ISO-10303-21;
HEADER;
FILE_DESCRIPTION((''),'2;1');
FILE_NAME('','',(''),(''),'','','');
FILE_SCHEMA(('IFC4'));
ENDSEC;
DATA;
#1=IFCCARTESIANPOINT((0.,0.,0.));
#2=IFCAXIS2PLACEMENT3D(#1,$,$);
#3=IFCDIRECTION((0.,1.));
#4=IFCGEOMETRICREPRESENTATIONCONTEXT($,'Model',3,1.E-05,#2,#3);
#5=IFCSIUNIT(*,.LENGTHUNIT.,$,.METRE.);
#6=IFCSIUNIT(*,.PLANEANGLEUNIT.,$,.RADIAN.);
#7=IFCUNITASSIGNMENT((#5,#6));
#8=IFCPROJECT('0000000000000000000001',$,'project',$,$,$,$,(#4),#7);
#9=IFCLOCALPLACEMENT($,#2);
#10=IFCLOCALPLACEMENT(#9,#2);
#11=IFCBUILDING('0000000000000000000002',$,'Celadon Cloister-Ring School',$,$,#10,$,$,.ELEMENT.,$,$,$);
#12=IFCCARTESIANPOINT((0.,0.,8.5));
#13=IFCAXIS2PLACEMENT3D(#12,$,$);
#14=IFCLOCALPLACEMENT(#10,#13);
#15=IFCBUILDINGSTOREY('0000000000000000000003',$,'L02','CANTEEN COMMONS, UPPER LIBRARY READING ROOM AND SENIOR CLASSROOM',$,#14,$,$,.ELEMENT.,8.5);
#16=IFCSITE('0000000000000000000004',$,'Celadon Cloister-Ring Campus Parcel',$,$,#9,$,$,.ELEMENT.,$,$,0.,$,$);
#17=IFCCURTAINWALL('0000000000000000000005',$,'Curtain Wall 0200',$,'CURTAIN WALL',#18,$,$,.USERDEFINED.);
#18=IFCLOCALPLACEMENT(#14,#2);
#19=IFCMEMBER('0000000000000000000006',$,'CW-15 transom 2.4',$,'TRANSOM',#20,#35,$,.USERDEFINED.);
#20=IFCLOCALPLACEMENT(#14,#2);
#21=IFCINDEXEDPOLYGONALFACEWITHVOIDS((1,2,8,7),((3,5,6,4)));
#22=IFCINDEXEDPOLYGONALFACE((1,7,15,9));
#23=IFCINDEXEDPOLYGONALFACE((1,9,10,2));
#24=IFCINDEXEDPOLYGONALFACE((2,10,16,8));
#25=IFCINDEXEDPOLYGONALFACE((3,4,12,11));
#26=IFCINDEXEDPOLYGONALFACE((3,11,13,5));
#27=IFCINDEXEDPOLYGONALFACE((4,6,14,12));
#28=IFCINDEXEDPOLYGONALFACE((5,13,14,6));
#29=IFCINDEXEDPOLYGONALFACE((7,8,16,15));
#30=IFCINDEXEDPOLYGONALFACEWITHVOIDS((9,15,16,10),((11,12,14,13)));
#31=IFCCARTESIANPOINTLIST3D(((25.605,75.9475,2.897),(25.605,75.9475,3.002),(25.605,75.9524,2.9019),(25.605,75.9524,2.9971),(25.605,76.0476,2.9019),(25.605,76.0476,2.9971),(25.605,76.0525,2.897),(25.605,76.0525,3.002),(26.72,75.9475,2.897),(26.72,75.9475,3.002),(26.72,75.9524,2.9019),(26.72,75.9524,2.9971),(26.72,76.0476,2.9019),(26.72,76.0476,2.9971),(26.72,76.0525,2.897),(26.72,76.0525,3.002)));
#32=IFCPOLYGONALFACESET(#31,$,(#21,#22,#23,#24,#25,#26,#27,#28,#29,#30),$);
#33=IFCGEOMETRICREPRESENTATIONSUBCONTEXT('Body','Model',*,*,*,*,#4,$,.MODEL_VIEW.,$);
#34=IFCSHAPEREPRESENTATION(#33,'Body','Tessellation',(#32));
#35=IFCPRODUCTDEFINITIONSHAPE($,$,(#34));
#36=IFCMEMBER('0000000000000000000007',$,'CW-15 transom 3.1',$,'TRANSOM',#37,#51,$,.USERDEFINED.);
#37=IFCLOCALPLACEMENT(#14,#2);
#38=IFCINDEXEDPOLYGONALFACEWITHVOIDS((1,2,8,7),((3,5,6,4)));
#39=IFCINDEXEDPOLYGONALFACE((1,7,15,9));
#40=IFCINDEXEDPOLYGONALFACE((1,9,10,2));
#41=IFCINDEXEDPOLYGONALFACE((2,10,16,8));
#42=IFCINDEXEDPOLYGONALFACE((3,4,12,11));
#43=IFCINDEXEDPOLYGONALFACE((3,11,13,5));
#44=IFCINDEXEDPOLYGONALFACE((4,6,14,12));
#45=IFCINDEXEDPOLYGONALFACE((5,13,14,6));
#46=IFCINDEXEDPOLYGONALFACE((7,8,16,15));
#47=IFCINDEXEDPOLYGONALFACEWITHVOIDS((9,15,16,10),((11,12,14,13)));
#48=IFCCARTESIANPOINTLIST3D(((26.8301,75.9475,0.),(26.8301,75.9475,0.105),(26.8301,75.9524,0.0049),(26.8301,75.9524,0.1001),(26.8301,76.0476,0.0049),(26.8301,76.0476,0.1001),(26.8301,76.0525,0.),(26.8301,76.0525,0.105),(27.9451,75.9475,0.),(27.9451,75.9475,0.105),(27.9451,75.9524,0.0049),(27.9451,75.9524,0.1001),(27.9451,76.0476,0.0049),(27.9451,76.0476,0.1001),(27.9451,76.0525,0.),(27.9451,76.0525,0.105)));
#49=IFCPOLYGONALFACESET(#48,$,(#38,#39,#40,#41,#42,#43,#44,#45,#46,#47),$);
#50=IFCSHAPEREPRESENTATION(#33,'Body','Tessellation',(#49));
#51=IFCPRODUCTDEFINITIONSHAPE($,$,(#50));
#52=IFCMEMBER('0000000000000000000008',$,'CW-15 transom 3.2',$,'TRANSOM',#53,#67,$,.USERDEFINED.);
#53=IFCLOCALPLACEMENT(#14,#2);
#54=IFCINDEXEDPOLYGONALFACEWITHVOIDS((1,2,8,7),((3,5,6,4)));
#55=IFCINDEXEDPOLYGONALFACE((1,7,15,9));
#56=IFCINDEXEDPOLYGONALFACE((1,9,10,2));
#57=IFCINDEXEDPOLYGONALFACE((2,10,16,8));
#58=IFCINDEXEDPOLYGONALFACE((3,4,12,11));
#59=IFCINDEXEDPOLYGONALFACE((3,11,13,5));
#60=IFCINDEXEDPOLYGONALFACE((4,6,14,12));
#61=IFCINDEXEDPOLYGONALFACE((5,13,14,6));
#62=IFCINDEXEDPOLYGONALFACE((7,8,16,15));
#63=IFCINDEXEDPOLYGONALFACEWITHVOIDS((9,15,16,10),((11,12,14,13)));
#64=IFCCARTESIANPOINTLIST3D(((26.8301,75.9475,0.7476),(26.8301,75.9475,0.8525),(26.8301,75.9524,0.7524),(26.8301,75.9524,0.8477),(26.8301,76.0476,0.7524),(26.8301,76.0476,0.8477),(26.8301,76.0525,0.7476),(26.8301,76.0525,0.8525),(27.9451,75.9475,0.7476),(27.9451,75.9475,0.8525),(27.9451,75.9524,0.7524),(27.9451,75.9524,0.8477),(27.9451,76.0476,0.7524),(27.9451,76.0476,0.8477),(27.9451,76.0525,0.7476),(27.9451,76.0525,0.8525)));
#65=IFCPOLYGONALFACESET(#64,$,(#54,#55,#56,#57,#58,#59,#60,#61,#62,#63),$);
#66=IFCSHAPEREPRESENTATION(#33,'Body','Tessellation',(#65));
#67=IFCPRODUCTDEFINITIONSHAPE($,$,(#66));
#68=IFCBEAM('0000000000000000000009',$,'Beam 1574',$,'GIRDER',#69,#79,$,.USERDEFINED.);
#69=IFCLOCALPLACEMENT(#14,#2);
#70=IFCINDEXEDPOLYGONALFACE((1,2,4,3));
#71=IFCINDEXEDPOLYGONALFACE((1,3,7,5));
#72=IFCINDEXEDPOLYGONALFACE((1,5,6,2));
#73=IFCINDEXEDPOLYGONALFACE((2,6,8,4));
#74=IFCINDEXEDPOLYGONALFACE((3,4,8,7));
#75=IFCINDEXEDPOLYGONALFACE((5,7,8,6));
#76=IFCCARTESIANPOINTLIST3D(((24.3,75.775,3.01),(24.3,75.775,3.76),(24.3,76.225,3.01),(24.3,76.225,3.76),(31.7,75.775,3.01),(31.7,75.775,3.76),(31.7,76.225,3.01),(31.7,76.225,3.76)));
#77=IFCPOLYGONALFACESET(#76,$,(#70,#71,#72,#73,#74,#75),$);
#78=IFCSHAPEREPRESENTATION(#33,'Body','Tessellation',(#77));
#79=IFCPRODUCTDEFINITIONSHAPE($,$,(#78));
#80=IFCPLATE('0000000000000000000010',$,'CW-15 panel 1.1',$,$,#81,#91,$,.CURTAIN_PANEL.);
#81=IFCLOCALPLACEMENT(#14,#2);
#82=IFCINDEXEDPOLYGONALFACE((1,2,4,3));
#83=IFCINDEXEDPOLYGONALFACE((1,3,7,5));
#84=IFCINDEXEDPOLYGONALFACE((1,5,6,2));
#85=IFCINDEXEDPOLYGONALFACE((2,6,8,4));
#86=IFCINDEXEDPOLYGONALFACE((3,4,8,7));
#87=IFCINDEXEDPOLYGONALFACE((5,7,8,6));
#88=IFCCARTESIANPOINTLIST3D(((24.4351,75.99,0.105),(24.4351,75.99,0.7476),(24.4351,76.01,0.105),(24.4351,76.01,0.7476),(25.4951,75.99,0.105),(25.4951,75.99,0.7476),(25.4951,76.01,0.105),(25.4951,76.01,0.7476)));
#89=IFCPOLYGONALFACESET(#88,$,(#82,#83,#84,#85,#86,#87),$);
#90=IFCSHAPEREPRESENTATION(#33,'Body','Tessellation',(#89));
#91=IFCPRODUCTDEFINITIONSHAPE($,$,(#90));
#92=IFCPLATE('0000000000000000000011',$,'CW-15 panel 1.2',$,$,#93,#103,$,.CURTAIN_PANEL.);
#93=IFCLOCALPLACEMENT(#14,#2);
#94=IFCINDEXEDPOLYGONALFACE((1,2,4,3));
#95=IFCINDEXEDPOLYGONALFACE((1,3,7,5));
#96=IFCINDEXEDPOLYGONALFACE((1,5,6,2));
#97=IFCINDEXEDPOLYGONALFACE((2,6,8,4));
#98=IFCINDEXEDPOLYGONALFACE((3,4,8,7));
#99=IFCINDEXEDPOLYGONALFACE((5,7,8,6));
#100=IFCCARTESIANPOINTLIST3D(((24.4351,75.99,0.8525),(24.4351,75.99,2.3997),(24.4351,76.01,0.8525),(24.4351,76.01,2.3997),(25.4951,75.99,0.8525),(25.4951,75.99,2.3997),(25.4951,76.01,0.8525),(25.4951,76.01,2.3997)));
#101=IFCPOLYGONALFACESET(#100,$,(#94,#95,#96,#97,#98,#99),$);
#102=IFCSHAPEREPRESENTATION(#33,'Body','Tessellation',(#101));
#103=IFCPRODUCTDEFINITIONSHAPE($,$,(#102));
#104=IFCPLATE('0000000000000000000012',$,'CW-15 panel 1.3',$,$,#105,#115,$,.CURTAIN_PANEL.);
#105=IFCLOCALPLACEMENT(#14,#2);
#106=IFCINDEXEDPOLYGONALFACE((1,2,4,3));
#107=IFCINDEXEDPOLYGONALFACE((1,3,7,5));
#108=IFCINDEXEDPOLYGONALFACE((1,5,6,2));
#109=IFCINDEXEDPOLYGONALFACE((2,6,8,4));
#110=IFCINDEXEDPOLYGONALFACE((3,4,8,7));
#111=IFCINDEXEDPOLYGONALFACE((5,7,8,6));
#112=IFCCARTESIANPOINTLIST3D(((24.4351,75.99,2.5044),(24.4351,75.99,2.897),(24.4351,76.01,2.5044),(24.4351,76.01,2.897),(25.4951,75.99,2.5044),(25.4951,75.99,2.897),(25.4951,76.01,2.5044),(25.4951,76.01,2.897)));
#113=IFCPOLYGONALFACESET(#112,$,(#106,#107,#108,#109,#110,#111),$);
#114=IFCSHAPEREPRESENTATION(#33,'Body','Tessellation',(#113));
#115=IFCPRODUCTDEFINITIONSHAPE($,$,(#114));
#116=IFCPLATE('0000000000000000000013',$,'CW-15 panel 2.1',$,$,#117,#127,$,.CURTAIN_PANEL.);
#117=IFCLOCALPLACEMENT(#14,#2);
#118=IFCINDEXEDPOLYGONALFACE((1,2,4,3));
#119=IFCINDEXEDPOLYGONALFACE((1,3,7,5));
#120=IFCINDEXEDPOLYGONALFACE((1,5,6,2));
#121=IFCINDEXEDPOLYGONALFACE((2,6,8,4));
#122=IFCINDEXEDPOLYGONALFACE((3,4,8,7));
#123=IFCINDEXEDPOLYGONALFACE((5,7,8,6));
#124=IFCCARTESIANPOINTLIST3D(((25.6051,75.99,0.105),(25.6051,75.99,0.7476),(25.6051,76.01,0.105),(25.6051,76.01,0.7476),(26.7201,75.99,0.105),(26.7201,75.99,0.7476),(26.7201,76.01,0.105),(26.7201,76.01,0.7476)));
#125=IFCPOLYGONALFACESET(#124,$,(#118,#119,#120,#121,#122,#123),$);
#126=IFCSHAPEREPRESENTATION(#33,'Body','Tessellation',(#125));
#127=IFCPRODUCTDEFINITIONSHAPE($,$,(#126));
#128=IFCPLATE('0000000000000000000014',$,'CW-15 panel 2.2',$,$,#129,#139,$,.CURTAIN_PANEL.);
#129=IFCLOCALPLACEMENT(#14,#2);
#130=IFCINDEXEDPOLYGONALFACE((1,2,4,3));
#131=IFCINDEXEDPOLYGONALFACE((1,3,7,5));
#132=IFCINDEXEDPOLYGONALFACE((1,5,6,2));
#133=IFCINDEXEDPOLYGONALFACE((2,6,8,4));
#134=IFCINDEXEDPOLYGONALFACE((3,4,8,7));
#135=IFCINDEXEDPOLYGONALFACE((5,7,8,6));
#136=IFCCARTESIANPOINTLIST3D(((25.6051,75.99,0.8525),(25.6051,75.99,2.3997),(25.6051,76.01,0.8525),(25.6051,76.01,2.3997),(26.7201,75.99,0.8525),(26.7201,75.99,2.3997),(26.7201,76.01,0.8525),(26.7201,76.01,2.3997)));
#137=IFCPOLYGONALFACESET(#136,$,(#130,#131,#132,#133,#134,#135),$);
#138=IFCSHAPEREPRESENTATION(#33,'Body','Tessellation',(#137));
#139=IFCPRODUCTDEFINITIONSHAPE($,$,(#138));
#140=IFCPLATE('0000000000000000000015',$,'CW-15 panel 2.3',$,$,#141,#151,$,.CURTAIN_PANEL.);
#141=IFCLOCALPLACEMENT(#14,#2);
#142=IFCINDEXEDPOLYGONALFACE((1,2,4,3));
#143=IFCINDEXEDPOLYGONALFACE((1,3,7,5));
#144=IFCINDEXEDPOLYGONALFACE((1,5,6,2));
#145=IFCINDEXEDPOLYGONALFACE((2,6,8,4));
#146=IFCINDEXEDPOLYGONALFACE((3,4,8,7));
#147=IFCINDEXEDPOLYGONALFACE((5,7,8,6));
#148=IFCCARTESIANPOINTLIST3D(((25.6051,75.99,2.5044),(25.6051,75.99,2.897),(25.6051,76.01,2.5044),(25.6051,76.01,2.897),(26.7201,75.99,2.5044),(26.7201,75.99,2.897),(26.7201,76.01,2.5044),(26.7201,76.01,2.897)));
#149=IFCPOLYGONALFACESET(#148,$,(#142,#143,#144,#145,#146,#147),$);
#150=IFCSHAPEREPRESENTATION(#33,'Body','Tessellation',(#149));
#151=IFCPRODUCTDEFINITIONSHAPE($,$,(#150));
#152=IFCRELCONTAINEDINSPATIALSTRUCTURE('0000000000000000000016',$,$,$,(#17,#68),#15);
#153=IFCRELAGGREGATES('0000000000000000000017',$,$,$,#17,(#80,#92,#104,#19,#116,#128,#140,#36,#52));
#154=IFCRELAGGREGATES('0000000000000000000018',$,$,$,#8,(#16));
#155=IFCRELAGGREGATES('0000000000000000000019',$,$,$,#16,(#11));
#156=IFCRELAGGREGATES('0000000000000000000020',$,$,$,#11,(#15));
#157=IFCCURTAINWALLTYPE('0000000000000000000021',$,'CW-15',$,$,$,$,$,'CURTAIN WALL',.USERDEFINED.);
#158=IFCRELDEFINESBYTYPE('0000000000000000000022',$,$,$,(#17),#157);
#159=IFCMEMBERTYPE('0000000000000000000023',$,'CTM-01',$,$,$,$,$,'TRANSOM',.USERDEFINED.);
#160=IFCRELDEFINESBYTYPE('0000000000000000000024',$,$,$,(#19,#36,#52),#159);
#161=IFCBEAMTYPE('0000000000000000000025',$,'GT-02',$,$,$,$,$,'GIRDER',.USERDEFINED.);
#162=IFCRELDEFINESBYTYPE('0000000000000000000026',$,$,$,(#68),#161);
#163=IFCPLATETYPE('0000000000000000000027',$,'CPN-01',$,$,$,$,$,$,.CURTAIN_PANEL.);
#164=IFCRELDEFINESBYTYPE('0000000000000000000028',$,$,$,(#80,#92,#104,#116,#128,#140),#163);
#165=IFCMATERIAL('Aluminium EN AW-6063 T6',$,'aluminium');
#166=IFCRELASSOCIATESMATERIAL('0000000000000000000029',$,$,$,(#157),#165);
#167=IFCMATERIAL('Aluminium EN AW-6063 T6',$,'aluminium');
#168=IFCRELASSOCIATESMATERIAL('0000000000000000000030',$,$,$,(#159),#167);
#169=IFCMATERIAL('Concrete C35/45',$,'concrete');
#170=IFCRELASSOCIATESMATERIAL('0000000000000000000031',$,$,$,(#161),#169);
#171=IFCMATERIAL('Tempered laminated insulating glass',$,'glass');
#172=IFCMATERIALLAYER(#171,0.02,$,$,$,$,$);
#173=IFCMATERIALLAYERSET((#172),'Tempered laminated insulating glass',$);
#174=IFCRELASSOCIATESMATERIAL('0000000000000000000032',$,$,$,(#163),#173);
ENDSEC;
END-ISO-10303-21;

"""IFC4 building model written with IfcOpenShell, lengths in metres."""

from ifc_helpers import new_model, si_unit, direction, frame, origin, origin_2d, place, context, subcontext, project, spatial, rectangle, hollow_rectangle, extrude, material, layer, layer_set, material_profile, profile_set, type_object, element, aggregate, save


model = new_model("IFC4")

# Units and contexts
model_context = context("Model", 3, precision=1e-05, world=origin(), true_north=direction((0.0, 1.0)))
body_context = subcontext(model_context, "Body", "Model", "MODEL_VIEW")
ifc_project = project(units=[si_unit("LENGTHUNIT", "METRE"), si_unit("PLANEANGLEUNIT", "RADIAN")], contexts=[model_context])

# Site, building, storey
site_placement = place(None, origin())
site = spatial("IfcSite", under=ifc_project, at=site_placement, Name="Celadon Cloister-Ring Campus Parcel", CompositionType="ELEMENT", RefElevation=0.0)
building_placement = place(site_placement, origin())
building = spatial("IfcBuilding", under=site, at=building_placement, Name="Celadon Cloister-Ring School", CompositionType="ELEMENT")
storey_placement = place(building_placement, frame((0.0, 0.0, 8.5)))
storey = spatial("IfcBuildingStorey", under=building, at=storey_placement, Name="L02", Description="CANTEEN COMMONS, UPPER LIBRARY READING ROOM AND SENIOR CLASSROOM", CompositionType="ELEMENT", Elevation=8.5)

# Curtain wall, members
ifc_material_1 = material(Name="Aluminium EN AW-6063 T6", Category="aluminium")
curtain_wall_type = type_object("IfcCurtainWallType", Name="CW-15", ElementType="CURTAIN WALL", PredefinedType="USERDEFINED", material=ifc_material_1)
curtain_wall_placement = place(storey_placement, origin())
curtain_wall = element("IfcCurtainWall", 1, at=curtain_wall_placement, inside=storey, type_object=curtain_wall_type, Name="Curtain Wall 0200", ObjectType="CURTAIN WALL", PredefinedType="USERDEFINED")
ifc_material_2 = material(Name="Aluminium EN AW-6063 T6", Category="aluminium")
ifc_material_profile_1 = material_profile(ifc_material_2, hollow_rectangle(XDim=0.105, YDim=0.105, WallThickness=0.0049, at=origin_2d()), Name="RHS105X105X5")
ifc_profile_set_1 = profile_set([ifc_material_profile_1], Name="Aluminium EN AW-6063 T6")
member_type_1 = type_object("IfcMemberType", Name="CTM-01", ElementType="TRANSOM", PredefinedType="USERDEFINED", material=ifc_profile_set_1)
member_1_placement = place(storey_placement, frame((25.605, 76.0, 2.9495), z_axis=(1.0, 0.0, 0.0), x_axis=(0.0, 1.0, 0.0)))
member_1 = element("IfcMember", 2, at=member_1_placement, type_object=member_type_1, Name="CW-15 transom 2.4", ObjectType="TRANSOM", PredefinedType="USERDEFINED", context=body_context, shape_type="SweptSolid", body=[
    extrude(hollow_rectangle(XDim=0.105, YDim=0.105, WallThickness=0.0049, at=origin_2d()), origin(), (0.0, 0.0, 1.0), 1.115),
])
member_2_placement = place(storey_placement, frame((26.8301, 76.0, 0.0525), z_axis=(1.0, 0.0, 0.0), x_axis=(0.0, 1.0, 0.0)))
member_2 = element("IfcMember", 3, at=member_2_placement, type_object=member_type_1, Name="CW-15 transom 3.1", ObjectType="TRANSOM", PredefinedType="USERDEFINED", context=body_context, shape_type="SweptSolid", body=[
    extrude(hollow_rectangle(XDim=0.105, YDim=0.105, WallThickness=0.0049, at=origin_2d()), origin(), (0.0, 0.0, 1.0), 1.115),
])
member_3_placement = place(storey_placement, frame((26.8301, 76.0, 0.8), z_axis=(1.0, 0.0, 0.0), x_axis=(0.0, 1.0, 0.0)))
member_3 = element("IfcMember", 4, at=member_3_placement, type_object=member_type_1, Name="CW-15 transom 3.2", ObjectType="TRANSOM", PredefinedType="USERDEFINED", context=body_context, shape_type="SweptSolid", body=[
    extrude(hollow_rectangle(XDim=0.105, YDim=0.105, WallThickness=0.0049, at=origin_2d()), origin(), (0.0, 0.0, 1.0), 1.115),
])

# Beam
ifc_material_3 = material(Name="Concrete C35/45", Category="concrete")
ifc_material_profile_2 = material_profile(ifc_material_3, rectangle(XDim=0.45, YDim=0.75, at=origin_2d()), Name="RC450X750")
ifc_profile_set_2 = profile_set([ifc_material_profile_2], Name="Concrete C35/45")
beam_type = type_object("IfcBeamType", Name="GT-02", ElementType="GIRDER", PredefinedType="USERDEFINED", material=ifc_profile_set_2)
beam_placement = place(storey_placement, frame((24.3, 76.0, 3.385), z_axis=(1.0, 0.0, 0.0), x_axis=(0.0, 1.0, 0.0)))
element("IfcBeam", 5, at=beam_placement, inside=storey, type_object=beam_type, Name="Beam 1574", ObjectType="GIRDER", PredefinedType="USERDEFINED", context=body_context, shape_type="SweptSolid", body=[
    extrude(rectangle(XDim=0.45, YDim=0.75, at=origin_2d()), origin(), (0.0, 0.0, 1.0), 7.3999),
])

# Plates
ifc_material_4 = material(Name="Tempered laminated insulating glass", Category="glass")
ifc_layer = layer(ifc_material_4, 0.02)
ifc_layer_set = layer_set([ifc_layer], Name="Tempered laminated insulating glass")
plate_type = type_object("IfcPlateType", Name="CPN-01", PredefinedType="CURTAIN_PANEL", material=ifc_layer_set)
plate_1_placement = place(storey_placement, frame((24.9651, 76.0, 0.105), z_axis=(0.0, 0.0, 1.0), x_axis=(1.0, 0.0, 0.0)))
plate_1 = element("IfcPlate", 6, at=plate_1_placement, type_object=plate_type, Name="CW-15 panel 1.1", PredefinedType="CURTAIN_PANEL", context=body_context, shape_type="SweptSolid", body=[
    extrude(rectangle(XDim=1.0601, YDim=0.02, at=origin_2d()), origin(), (0.0, 0.0, 1.0), 0.6426),
])
plate_2_placement = place(storey_placement, frame((24.9651, 76.0, 0.8525), z_axis=(0.0, 0.0, 1.0), x_axis=(1.0, 0.0, 0.0)))
plate_2 = element("IfcPlate", 7, at=plate_2_placement, type_object=plate_type, Name="CW-15 panel 1.2", PredefinedType="CURTAIN_PANEL", context=body_context, shape_type="SweptSolid", body=[
    extrude(rectangle(XDim=1.0601, YDim=0.02, at=origin_2d()), origin(), (0.0, 0.0, 1.0), 1.5471),
])
plate_3_placement = place(storey_placement, frame((24.9651, 76.0, 2.5044), z_axis=(0.0, 0.0, 1.0), x_axis=(1.0, 0.0, 0.0)))
plate_3 = element("IfcPlate", 8, at=plate_3_placement, type_object=plate_type, Name="CW-15 panel 1.3", PredefinedType="CURTAIN_PANEL", context=body_context, shape_type="SweptSolid", body=[
    extrude(rectangle(XDim=1.0601, YDim=0.02, at=origin_2d()), origin(), (0.0, 0.0, 1.0), 0.3926),
])
plate_4_placement = place(storey_placement, frame((26.1626, 76.0, 0.105), z_axis=(0.0, 0.0, 1.0), x_axis=(1.0, 0.0, 0.0)))
plate_4 = element("IfcPlate", 9, at=plate_4_placement, type_object=plate_type, Name="CW-15 panel 2.1", PredefinedType="CURTAIN_PANEL", context=body_context, shape_type="SweptSolid", body=[
    extrude(rectangle(XDim=1.115, YDim=0.02, at=origin_2d()), origin(), (0.0, 0.0, 1.0), 0.6426),
])
plate_5_placement = place(storey_placement, frame((26.1626, 76.0, 0.8525), z_axis=(0.0, 0.0, 1.0), x_axis=(1.0, 0.0, 0.0)))
plate_5 = element("IfcPlate", 10, at=plate_5_placement, type_object=plate_type, Name="CW-15 panel 2.2", PredefinedType="CURTAIN_PANEL", context=body_context, shape_type="SweptSolid", body=[
    extrude(rectangle(XDim=1.115, YDim=0.02, at=origin_2d()), origin(), (0.0, 0.0, 1.0), 1.5471),
])
plate_6_placement = place(storey_placement, frame((26.1626, 76.0, 2.5044), z_axis=(0.0, 0.0, 1.0), x_axis=(1.0, 0.0, 0.0)))
plate_6 = element("IfcPlate", 11, at=plate_6_placement, type_object=plate_type, Name="CW-15 panel 2.3", PredefinedType="CURTAIN_PANEL", context=body_context, shape_type="SweptSolid", body=[
    extrude(rectangle(XDim=1.115, YDim=0.02, at=origin_2d()), origin(), (0.0, 0.0, 1.0), 0.3926),
])
aggregate(curtain_wall, [plate_1, plate_2, plate_3, member_1, plate_4, plate_5, plate_6, member_2, member_3])

save(model, "model.ifc")
